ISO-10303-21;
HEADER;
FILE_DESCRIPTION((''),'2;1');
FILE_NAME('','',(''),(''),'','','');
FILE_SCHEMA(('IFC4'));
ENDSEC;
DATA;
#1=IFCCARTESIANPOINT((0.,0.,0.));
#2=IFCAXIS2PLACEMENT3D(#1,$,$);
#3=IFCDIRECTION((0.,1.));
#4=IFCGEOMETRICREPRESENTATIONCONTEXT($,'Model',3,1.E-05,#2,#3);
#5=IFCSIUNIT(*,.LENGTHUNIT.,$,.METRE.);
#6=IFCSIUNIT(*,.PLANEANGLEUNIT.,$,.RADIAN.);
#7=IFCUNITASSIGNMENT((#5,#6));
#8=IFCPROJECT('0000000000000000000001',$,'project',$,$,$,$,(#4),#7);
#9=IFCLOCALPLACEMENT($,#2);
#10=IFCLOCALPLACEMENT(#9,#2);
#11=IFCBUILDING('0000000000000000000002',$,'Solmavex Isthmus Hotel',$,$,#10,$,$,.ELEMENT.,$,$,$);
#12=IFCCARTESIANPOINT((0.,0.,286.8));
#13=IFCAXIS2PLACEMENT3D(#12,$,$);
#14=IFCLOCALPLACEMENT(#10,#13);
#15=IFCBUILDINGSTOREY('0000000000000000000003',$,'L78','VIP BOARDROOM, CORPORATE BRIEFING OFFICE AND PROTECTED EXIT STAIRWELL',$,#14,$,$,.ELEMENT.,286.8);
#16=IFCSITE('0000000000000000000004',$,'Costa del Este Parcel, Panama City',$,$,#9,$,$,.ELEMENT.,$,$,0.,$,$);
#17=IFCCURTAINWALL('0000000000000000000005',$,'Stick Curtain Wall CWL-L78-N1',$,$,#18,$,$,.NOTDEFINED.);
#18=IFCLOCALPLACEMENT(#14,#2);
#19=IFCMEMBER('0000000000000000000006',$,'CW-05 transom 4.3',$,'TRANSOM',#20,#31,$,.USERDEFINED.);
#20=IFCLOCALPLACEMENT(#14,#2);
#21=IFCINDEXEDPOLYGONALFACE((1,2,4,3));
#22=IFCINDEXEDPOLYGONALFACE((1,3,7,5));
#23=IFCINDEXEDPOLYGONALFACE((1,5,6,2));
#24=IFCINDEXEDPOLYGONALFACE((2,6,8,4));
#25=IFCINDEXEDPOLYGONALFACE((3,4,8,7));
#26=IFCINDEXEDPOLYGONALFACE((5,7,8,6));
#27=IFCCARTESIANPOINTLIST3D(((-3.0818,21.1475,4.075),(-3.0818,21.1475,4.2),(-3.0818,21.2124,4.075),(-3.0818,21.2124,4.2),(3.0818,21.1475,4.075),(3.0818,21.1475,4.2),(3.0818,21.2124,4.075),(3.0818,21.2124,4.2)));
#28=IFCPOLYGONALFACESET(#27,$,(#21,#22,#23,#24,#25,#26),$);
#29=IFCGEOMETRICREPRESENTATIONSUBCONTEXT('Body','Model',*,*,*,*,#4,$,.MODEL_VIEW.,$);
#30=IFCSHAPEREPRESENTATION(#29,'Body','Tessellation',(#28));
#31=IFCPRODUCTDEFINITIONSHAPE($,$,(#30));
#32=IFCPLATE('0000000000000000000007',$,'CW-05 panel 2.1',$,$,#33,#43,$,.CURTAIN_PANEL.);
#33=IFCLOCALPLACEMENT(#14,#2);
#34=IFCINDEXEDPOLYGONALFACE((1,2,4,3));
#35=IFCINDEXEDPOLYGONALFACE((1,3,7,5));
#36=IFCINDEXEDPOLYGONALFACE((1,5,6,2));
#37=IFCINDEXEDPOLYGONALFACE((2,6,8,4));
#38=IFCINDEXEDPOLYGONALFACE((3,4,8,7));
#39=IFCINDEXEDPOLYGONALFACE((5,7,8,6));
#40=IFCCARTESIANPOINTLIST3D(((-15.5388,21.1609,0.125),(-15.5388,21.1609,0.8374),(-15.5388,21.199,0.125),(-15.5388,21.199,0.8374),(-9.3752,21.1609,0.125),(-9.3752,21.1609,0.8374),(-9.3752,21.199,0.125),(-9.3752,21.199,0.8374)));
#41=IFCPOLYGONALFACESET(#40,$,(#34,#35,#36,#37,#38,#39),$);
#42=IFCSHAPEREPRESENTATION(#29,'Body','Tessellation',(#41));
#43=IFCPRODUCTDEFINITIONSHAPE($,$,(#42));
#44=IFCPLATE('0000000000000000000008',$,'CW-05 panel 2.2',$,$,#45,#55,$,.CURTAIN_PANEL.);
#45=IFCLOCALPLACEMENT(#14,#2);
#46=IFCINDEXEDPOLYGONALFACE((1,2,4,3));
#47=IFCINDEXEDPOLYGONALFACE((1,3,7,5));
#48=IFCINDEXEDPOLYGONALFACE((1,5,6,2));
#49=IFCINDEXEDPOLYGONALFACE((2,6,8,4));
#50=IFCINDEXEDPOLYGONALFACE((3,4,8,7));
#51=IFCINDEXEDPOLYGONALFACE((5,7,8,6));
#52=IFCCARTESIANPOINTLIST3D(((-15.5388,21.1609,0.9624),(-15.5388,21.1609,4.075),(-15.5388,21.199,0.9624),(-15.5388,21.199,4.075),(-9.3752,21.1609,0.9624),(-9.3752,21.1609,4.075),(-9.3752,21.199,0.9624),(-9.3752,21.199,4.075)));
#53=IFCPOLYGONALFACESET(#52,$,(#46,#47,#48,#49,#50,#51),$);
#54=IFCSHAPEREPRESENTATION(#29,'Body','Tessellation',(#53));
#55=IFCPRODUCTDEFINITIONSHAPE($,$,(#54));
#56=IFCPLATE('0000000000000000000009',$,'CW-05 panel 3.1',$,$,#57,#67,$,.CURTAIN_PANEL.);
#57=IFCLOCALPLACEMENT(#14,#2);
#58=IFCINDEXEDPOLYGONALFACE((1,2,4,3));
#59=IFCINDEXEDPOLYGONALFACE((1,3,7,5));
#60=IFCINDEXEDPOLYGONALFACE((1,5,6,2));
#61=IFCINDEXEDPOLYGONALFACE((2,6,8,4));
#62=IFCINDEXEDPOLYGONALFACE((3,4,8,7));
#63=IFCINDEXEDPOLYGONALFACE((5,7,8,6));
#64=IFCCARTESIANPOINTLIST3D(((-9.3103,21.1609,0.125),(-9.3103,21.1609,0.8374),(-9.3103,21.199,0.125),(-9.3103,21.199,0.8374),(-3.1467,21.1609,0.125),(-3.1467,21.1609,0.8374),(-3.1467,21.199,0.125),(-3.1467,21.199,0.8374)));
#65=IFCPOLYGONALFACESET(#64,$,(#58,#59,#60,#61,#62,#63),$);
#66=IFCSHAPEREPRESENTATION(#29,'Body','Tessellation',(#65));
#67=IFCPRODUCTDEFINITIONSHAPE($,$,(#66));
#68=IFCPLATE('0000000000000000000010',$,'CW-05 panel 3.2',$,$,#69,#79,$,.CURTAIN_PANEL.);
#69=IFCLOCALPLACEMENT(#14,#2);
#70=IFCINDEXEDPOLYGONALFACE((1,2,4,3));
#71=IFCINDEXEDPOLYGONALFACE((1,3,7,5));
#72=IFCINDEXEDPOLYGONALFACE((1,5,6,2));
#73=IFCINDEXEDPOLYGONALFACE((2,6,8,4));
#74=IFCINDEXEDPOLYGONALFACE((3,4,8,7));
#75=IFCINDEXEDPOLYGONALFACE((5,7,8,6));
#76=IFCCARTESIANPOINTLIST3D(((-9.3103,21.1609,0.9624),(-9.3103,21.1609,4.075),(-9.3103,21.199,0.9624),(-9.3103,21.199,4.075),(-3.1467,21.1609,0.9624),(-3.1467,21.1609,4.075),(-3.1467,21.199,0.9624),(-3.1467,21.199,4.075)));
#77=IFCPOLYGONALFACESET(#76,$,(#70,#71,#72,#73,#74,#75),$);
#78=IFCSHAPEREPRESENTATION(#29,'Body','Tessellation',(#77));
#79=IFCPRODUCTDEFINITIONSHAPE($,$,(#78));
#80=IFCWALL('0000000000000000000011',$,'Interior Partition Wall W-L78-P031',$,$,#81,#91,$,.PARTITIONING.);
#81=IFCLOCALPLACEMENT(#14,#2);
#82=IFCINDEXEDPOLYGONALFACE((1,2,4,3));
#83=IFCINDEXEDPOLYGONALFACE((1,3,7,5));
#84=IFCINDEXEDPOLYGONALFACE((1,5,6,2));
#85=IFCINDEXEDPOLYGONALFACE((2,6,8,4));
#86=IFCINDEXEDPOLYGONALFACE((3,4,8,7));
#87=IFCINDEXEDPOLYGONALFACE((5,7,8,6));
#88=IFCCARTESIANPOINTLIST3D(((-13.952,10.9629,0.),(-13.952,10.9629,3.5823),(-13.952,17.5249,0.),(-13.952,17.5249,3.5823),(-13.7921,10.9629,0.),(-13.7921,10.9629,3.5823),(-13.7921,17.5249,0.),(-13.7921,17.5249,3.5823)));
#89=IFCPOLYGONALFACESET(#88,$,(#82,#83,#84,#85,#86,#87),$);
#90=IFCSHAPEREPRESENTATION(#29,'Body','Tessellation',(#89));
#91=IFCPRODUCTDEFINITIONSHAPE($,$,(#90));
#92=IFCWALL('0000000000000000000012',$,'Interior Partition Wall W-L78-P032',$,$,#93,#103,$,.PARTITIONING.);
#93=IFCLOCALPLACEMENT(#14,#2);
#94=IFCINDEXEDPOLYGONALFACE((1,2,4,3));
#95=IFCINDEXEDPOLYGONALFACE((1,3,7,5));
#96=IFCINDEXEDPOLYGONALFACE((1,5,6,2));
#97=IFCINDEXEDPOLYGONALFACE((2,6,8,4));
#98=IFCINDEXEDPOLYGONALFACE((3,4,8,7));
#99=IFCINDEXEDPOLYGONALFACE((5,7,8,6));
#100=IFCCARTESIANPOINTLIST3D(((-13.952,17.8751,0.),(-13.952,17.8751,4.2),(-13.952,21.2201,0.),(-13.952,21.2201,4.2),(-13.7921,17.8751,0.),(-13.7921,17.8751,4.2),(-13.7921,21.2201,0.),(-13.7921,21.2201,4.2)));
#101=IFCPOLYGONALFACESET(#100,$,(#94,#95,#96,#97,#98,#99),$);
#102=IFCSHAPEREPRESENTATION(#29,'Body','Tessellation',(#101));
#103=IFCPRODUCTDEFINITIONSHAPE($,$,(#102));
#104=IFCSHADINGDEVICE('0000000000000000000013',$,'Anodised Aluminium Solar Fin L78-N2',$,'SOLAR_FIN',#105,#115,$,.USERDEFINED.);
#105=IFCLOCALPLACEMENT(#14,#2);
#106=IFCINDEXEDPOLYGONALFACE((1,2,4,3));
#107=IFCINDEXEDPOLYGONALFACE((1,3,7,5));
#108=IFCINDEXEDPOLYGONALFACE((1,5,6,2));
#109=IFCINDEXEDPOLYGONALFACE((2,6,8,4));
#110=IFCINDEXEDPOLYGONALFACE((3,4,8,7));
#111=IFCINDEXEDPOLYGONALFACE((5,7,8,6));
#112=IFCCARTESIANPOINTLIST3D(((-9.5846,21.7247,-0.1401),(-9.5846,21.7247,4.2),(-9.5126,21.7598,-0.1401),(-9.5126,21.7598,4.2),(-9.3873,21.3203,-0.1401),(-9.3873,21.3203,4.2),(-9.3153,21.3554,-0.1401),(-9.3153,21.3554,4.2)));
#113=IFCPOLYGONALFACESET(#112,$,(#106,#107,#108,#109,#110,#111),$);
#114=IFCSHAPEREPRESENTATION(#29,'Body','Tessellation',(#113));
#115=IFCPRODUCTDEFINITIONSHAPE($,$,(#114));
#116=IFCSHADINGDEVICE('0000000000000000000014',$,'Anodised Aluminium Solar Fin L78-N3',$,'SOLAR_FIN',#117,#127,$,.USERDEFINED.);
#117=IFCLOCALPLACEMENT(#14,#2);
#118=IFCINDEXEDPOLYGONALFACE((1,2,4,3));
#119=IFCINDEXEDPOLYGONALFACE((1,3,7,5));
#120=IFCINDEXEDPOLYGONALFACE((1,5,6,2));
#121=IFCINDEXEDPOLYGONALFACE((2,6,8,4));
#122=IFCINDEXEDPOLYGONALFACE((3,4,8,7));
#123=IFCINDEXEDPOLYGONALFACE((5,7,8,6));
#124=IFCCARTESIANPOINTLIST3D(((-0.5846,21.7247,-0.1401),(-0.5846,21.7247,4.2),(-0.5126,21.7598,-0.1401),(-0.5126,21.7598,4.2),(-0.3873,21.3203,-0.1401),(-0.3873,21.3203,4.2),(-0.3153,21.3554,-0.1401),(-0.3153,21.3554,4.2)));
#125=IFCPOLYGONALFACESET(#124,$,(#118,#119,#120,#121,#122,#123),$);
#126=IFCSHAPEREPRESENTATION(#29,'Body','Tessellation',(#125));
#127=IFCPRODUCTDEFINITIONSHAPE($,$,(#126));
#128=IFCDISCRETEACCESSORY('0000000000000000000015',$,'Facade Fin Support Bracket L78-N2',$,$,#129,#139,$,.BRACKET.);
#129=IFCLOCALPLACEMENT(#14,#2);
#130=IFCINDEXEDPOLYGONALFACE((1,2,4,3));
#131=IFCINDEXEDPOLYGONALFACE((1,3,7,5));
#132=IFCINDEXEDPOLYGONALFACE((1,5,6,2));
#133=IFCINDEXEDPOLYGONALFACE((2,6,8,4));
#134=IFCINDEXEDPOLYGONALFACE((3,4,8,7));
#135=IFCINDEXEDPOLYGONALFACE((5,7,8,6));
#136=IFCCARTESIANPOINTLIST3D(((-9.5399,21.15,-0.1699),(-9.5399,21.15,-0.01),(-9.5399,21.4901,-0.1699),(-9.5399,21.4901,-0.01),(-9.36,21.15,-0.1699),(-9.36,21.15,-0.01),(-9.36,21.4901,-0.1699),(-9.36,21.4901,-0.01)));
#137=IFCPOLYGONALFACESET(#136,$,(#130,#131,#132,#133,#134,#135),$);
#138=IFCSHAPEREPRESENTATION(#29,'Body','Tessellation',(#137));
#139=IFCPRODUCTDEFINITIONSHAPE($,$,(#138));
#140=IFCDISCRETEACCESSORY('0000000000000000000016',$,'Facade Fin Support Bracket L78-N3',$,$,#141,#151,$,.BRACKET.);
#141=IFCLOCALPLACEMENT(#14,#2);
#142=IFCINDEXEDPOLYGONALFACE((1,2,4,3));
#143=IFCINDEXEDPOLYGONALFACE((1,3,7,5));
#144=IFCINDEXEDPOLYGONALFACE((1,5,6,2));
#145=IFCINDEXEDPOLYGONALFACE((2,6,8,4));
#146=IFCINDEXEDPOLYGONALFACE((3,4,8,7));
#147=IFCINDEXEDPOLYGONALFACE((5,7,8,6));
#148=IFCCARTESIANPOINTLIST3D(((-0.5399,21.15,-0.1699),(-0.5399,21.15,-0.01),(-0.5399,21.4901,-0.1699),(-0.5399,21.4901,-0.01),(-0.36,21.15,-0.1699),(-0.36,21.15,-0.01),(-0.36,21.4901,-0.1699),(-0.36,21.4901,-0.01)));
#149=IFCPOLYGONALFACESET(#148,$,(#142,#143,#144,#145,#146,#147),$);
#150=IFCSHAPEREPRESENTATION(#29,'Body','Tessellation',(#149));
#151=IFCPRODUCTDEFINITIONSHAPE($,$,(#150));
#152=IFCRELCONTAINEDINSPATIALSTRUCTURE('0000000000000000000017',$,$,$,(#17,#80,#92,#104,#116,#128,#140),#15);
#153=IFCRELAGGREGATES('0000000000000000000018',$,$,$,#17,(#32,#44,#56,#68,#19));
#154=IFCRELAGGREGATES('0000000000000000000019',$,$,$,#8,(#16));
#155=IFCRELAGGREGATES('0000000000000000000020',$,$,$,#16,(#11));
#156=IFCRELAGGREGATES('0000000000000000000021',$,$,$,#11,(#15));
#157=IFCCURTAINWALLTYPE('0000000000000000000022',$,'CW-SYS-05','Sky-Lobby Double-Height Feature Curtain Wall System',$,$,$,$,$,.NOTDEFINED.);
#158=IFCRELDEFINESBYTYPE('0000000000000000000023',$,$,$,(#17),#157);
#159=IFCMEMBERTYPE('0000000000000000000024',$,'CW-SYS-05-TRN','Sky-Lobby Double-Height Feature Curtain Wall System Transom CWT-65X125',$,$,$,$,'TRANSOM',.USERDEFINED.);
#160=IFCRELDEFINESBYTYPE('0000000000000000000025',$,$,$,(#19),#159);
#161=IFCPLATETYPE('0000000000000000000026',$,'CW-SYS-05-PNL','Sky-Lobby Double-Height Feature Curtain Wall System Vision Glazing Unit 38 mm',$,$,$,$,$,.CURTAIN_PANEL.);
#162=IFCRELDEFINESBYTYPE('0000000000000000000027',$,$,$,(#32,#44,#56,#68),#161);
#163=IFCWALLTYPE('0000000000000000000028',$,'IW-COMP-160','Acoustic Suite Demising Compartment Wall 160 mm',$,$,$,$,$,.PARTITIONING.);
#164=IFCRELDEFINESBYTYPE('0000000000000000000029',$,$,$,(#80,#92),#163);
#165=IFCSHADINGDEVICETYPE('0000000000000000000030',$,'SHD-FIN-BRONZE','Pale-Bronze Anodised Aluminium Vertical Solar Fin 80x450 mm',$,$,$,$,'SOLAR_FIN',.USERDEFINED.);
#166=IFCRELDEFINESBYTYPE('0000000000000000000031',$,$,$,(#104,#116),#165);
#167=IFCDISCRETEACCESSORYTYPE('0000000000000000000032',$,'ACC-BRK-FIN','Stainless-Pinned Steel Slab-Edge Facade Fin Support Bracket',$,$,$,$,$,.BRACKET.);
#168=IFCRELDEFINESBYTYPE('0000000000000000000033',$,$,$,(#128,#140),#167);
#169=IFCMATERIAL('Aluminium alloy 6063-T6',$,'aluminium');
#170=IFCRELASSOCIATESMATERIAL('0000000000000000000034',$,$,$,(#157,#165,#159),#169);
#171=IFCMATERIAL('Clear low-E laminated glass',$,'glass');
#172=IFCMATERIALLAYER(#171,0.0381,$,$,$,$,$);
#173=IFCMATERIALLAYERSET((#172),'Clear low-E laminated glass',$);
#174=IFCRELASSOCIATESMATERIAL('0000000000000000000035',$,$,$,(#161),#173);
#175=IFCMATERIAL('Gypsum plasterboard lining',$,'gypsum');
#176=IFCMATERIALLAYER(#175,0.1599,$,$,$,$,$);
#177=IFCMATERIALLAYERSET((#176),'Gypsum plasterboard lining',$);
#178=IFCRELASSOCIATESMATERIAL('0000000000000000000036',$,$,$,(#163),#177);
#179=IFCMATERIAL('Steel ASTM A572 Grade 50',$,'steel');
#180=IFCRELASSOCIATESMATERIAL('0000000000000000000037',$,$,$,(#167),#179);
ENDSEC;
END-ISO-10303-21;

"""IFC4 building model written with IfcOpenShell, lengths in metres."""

from ifc_helpers import new_model, si_unit, direction, frame, frame_2d, origin, origin_2d, place, context, subcontext, project, spatial, rectangle, extrude, material, layer, layer_set, material_profile, profile_set, type_object, element, aggregate, save


model = new_model("IFC4")

# Units and contexts
model_context = context("Model", 3, precision=1e-05, world=origin(), true_north=direction((0.0, 1.0)))
body_context = subcontext(model_context, "Body", "Model", "MODEL_VIEW")
ifc_project = project(units=[si_unit("LENGTHUNIT", "METRE"), si_unit("PLANEANGLEUNIT", "RADIAN")], contexts=[model_context])

# Site, building, storey
site_placement = place(None, origin())
site = spatial("IfcSite", under=ifc_project, at=site_placement, Name="Costa del Este Parcel, Panama City", CompositionType="ELEMENT", RefElevation=0.0)
building_placement = place(site_placement, origin())
building = spatial("IfcBuilding", under=site, at=building_placement, Name="Solmavex Isthmus Hotel", CompositionType="ELEMENT")
storey_placement = place(building_placement, frame((0.0, 0.0, 286.8)))
storey = spatial("IfcBuildingStorey", under=building, at=storey_placement, Name="L78", Description="VIP BOARDROOM, CORPORATE BRIEFING OFFICE AND PROTECTED EXIT STAIRWELL", CompositionType="ELEMENT", Elevation=286.8)

# Curtain wall, member, plates
ifc_material_1 = material(Name="Aluminium alloy 6063-T6", Category="aluminium")
curtain_wall_type = type_object("IfcCurtainWallType", Name="CW-SYS-05", Description="Sky-Lobby Double-Height Feature Curtain Wall System", PredefinedType="NOTDEFINED", material=ifc_material_1)
curtain_wall_placement = place(storey_placement, origin())
curtain_wall = element("IfcCurtainWall", 1, at=curtain_wall_placement, inside=storey, type_object=curtain_wall_type, Name="Stick Curtain Wall CWL-L78-N1", PredefinedType="NOTDEFINED")
ifc_material_profile_1 = material_profile(ifc_material_1, rectangle(XDim=0.0649, YDim=0.125, at=origin_2d()), Name="CWT-65X125")
ifc_profile_set_1 = profile_set([ifc_material_profile_1], Name="Aluminium alloy 6063-T6")
member_type_1 = type_object("IfcMemberType", Name="CW-SYS-05-TRN", Description="Sky-Lobby Double-Height Feature Curtain Wall System Transom CWT-65X125", ElementType="TRANSOM", PredefinedType="USERDEFINED", material=ifc_profile_set_1)
member_1_placement = place(storey_placement, frame((-3.0818, 21.1799, 4.1375), z_axis=(1.0, 0.0, 0.0), x_axis=(0.0, 1.0, 0.0)))
member_1 = element("IfcMember", 2, at=member_1_placement, type_object=member_type_1, Name="CW-05 transom 4.3", ObjectType="TRANSOM", PredefinedType="USERDEFINED", context=body_context, shape_type="SweptSolid", body=[
    extrude(rectangle(XDim=0.0649, YDim=0.125, at=origin_2d()), origin(), (0.0, 0.0, 1.0), 6.1636),
])
ifc_material_2 = material(Name="Clear low-E laminated glass", Category="glass")
ifc_layer_1 = layer(ifc_material_2, 0.0381)
ifc_layer_set_1 = layer_set([ifc_layer_1], Name="Clear low-E laminated glass")
plate_type = type_object("IfcPlateType", Name="CW-SYS-05-PNL", Description="Sky-Lobby Double-Height Feature Curtain Wall System Vision Glazing Unit 38 mm", PredefinedType="CURTAIN_PANEL", material=ifc_layer_set_1)
plate_1_placement = place(storey_placement, frame((-12.457, 21.1799, 0.125), z_axis=(0.0, 0.0, 1.0), x_axis=(1.0, 0.0, 0.0)))
plate_1 = element("IfcPlate", 3, at=plate_1_placement, type_object=plate_type, Name="CW-05 panel 2.1", PredefinedType="CURTAIN_PANEL", context=body_context, shape_type="SweptSolid", body=[
    extrude(rectangle(XDim=6.1636, YDim=0.0381, at=origin_2d()), origin(), (0.0, 0.0, 1.0), 0.7124),
])
plate_2_placement = place(storey_placement, frame((-12.457, 21.1799, 0.9624), z_axis=(0.0, 0.0, 1.0), x_axis=(1.0, 0.0, 0.0)))
plate_2 = element("IfcPlate", 4, at=plate_2_placement, type_object=plate_type, Name="CW-05 panel 2.2", PredefinedType="CURTAIN_PANEL", context=body_context, shape_type="SweptSolid", body=[
    extrude(rectangle(XDim=6.1636, YDim=0.0381, at=origin_2d()), origin(), (0.0, 0.0, 1.0), 3.1125),
])
plate_3_placement = place(storey_placement, frame((-6.2285, 21.1799, 0.125), z_axis=(0.0, 0.0, 1.0), x_axis=(1.0, 0.0, 0.0)))
plate_3 = element("IfcPlate", 5, at=plate_3_placement, type_object=plate_type, Name="CW-05 panel 3.1", PredefinedType="CURTAIN_PANEL", context=body_context, shape_type="SweptSolid", body=[
    extrude(rectangle(XDim=6.1636, YDim=0.0381, at=origin_2d()), origin(), (0.0, 0.0, 1.0), 0.7124),
])
plate_4_placement = place(storey_placement, frame((-6.2285, 21.1799, 0.9624), z_axis=(0.0, 0.0, 1.0), x_axis=(1.0, 0.0, 0.0)))
plate_4 = element("IfcPlate", 6, at=plate_4_placement, type_object=plate_type, Name="CW-05 panel 3.2", PredefinedType="CURTAIN_PANEL", context=body_context, shape_type="SweptSolid", body=[
    extrude(rectangle(XDim=6.1636, YDim=0.0381, at=origin_2d()), origin(), (0.0, 0.0, 1.0), 3.1125),
])
aggregate(curtain_wall, [plate_1, plate_2, plate_3, plate_4, member_1])

# Walls
ifc_material_3 = material(Name="Gypsum plasterboard lining", Category="gypsum")
ifc_layer_2 = layer(ifc_material_3, 0.1599)
ifc_layer_set_2 = layer_set([ifc_layer_2], Name="Gypsum plasterboard lining")
wall_type = type_object("IfcWallType", Name="IW-COMP-160", Description="Acoustic Suite Demising Compartment Wall 160 mm", PredefinedType="PARTITIONING", material=ifc_layer_set_2)
wall_1_placement = place(storey_placement, frame((-13.8721, 17.5249, 0.0), z_axis=(0.0, 0.0, 1.0), x_axis=(0.0, -1.0, 0.0)))
element("IfcWall", 7, at=wall_1_placement, inside=storey, type_object=wall_type, Name="Interior Partition Wall W-L78-P031", PredefinedType="PARTITIONING", context=body_context, shape_type="SweptSolid", body=[
    extrude(rectangle(XDim=6.562, YDim=0.1599, at=frame_2d((3.281, 0.0))), origin(), (0.0, 0.0, 1.0), 3.5823),
])
wall_2_placement = place(storey_placement, frame((-13.8721, 21.22, 0.0), z_axis=(0.0, 0.0, 1.0), x_axis=(0.0, -1.0, 0.0)))
element("IfcWall", 8, at=wall_2_placement, inside=storey, type_object=wall_type, Name="Interior Partition Wall W-L78-P032", PredefinedType="PARTITIONING", context=body_context, shape_type="SweptSolid", body=[
    extrude(rectangle(XDim=3.345, YDim=0.1599, at=frame_2d((1.6724, 0.0))), origin(), (0.0, 0.0, 1.0), 4.2),
])

# Shading devices
shading_device_type = type_object("IfcShadingDeviceType", Name="SHD-FIN-BRONZE", Description="Pale-Bronze Anodised Aluminium Vertical Solar Fin 80x450 mm", ElementType="SOLAR_FIN", PredefinedType="USERDEFINED", material=ifc_material_1)
for number, where, z_axis, x_axis, name in (
    (9, (-9.45, 21.54, -0.1401), (0.0, 0.0, 1.0), (-0.438371, 0.898794, 0.0), "Anodised Aluminium Solar Fin L78-N2"),
    (10, (-0.45, 21.54, -0.1401), (0.0, 0.0, 1.0), (-0.438371, 0.898794, 0.0), "Anodised Aluminium Solar Fin L78-N3"),
):
    element("IfcShadingDevice", number, at=place(storey_placement, frame(where, z_axis=z_axis, x_axis=x_axis)), inside=storey, type_object=shading_device_type, Name=name, ObjectType="SOLAR_FIN", PredefinedType="USERDEFINED", context=body_context, shape_type="SweptSolid", body=[
        extrude(rectangle(XDim=0.45, YDim=0.0801, at=origin_2d()), origin(), (0.0, 0.0, 1.0), 4.3401),
    ])

# Discrete accessories
ifc_material_4 = material(Name="Steel ASTM A572 Grade 50", Category="steel")
discrete_accessory_type = type_object("IfcDiscreteAccessoryType", Name="ACC-BRK-FIN", Description="Stainless-Pinned Steel Slab-Edge Facade Fin Support Bracket", PredefinedType="BRACKET", material=ifc_material_4)
for number, where, z_axis, x_axis, name in (
    (11, (-9.45, 21.3201, -0.1699), (0.0, 0.0, 1.0), (0.0, 1.0, 0.0), "Facade Fin Support Bracket L78-N2"),
    (12, (-0.45, 21.3201, -0.1699), (0.0, 0.0, 1.0), (0.0, 1.0, 0.0), "Facade Fin Support Bracket L78-N3"),
):
    element("IfcDiscreteAccessory", number, at=place(storey_placement, frame(where, z_axis=z_axis, x_axis=x_axis)), inside=storey, type_object=discrete_accessory_type, Name=name, PredefinedType="BRACKET", context=body_context, shape_type="SweptSolid", body=[
        extrude(rectangle(XDim=0.3401, YDim=0.1799, at=origin_2d()), origin(), (0.0, 0.0, 1.0), 0.1599),
    ])

save(model, "model.ifc")
